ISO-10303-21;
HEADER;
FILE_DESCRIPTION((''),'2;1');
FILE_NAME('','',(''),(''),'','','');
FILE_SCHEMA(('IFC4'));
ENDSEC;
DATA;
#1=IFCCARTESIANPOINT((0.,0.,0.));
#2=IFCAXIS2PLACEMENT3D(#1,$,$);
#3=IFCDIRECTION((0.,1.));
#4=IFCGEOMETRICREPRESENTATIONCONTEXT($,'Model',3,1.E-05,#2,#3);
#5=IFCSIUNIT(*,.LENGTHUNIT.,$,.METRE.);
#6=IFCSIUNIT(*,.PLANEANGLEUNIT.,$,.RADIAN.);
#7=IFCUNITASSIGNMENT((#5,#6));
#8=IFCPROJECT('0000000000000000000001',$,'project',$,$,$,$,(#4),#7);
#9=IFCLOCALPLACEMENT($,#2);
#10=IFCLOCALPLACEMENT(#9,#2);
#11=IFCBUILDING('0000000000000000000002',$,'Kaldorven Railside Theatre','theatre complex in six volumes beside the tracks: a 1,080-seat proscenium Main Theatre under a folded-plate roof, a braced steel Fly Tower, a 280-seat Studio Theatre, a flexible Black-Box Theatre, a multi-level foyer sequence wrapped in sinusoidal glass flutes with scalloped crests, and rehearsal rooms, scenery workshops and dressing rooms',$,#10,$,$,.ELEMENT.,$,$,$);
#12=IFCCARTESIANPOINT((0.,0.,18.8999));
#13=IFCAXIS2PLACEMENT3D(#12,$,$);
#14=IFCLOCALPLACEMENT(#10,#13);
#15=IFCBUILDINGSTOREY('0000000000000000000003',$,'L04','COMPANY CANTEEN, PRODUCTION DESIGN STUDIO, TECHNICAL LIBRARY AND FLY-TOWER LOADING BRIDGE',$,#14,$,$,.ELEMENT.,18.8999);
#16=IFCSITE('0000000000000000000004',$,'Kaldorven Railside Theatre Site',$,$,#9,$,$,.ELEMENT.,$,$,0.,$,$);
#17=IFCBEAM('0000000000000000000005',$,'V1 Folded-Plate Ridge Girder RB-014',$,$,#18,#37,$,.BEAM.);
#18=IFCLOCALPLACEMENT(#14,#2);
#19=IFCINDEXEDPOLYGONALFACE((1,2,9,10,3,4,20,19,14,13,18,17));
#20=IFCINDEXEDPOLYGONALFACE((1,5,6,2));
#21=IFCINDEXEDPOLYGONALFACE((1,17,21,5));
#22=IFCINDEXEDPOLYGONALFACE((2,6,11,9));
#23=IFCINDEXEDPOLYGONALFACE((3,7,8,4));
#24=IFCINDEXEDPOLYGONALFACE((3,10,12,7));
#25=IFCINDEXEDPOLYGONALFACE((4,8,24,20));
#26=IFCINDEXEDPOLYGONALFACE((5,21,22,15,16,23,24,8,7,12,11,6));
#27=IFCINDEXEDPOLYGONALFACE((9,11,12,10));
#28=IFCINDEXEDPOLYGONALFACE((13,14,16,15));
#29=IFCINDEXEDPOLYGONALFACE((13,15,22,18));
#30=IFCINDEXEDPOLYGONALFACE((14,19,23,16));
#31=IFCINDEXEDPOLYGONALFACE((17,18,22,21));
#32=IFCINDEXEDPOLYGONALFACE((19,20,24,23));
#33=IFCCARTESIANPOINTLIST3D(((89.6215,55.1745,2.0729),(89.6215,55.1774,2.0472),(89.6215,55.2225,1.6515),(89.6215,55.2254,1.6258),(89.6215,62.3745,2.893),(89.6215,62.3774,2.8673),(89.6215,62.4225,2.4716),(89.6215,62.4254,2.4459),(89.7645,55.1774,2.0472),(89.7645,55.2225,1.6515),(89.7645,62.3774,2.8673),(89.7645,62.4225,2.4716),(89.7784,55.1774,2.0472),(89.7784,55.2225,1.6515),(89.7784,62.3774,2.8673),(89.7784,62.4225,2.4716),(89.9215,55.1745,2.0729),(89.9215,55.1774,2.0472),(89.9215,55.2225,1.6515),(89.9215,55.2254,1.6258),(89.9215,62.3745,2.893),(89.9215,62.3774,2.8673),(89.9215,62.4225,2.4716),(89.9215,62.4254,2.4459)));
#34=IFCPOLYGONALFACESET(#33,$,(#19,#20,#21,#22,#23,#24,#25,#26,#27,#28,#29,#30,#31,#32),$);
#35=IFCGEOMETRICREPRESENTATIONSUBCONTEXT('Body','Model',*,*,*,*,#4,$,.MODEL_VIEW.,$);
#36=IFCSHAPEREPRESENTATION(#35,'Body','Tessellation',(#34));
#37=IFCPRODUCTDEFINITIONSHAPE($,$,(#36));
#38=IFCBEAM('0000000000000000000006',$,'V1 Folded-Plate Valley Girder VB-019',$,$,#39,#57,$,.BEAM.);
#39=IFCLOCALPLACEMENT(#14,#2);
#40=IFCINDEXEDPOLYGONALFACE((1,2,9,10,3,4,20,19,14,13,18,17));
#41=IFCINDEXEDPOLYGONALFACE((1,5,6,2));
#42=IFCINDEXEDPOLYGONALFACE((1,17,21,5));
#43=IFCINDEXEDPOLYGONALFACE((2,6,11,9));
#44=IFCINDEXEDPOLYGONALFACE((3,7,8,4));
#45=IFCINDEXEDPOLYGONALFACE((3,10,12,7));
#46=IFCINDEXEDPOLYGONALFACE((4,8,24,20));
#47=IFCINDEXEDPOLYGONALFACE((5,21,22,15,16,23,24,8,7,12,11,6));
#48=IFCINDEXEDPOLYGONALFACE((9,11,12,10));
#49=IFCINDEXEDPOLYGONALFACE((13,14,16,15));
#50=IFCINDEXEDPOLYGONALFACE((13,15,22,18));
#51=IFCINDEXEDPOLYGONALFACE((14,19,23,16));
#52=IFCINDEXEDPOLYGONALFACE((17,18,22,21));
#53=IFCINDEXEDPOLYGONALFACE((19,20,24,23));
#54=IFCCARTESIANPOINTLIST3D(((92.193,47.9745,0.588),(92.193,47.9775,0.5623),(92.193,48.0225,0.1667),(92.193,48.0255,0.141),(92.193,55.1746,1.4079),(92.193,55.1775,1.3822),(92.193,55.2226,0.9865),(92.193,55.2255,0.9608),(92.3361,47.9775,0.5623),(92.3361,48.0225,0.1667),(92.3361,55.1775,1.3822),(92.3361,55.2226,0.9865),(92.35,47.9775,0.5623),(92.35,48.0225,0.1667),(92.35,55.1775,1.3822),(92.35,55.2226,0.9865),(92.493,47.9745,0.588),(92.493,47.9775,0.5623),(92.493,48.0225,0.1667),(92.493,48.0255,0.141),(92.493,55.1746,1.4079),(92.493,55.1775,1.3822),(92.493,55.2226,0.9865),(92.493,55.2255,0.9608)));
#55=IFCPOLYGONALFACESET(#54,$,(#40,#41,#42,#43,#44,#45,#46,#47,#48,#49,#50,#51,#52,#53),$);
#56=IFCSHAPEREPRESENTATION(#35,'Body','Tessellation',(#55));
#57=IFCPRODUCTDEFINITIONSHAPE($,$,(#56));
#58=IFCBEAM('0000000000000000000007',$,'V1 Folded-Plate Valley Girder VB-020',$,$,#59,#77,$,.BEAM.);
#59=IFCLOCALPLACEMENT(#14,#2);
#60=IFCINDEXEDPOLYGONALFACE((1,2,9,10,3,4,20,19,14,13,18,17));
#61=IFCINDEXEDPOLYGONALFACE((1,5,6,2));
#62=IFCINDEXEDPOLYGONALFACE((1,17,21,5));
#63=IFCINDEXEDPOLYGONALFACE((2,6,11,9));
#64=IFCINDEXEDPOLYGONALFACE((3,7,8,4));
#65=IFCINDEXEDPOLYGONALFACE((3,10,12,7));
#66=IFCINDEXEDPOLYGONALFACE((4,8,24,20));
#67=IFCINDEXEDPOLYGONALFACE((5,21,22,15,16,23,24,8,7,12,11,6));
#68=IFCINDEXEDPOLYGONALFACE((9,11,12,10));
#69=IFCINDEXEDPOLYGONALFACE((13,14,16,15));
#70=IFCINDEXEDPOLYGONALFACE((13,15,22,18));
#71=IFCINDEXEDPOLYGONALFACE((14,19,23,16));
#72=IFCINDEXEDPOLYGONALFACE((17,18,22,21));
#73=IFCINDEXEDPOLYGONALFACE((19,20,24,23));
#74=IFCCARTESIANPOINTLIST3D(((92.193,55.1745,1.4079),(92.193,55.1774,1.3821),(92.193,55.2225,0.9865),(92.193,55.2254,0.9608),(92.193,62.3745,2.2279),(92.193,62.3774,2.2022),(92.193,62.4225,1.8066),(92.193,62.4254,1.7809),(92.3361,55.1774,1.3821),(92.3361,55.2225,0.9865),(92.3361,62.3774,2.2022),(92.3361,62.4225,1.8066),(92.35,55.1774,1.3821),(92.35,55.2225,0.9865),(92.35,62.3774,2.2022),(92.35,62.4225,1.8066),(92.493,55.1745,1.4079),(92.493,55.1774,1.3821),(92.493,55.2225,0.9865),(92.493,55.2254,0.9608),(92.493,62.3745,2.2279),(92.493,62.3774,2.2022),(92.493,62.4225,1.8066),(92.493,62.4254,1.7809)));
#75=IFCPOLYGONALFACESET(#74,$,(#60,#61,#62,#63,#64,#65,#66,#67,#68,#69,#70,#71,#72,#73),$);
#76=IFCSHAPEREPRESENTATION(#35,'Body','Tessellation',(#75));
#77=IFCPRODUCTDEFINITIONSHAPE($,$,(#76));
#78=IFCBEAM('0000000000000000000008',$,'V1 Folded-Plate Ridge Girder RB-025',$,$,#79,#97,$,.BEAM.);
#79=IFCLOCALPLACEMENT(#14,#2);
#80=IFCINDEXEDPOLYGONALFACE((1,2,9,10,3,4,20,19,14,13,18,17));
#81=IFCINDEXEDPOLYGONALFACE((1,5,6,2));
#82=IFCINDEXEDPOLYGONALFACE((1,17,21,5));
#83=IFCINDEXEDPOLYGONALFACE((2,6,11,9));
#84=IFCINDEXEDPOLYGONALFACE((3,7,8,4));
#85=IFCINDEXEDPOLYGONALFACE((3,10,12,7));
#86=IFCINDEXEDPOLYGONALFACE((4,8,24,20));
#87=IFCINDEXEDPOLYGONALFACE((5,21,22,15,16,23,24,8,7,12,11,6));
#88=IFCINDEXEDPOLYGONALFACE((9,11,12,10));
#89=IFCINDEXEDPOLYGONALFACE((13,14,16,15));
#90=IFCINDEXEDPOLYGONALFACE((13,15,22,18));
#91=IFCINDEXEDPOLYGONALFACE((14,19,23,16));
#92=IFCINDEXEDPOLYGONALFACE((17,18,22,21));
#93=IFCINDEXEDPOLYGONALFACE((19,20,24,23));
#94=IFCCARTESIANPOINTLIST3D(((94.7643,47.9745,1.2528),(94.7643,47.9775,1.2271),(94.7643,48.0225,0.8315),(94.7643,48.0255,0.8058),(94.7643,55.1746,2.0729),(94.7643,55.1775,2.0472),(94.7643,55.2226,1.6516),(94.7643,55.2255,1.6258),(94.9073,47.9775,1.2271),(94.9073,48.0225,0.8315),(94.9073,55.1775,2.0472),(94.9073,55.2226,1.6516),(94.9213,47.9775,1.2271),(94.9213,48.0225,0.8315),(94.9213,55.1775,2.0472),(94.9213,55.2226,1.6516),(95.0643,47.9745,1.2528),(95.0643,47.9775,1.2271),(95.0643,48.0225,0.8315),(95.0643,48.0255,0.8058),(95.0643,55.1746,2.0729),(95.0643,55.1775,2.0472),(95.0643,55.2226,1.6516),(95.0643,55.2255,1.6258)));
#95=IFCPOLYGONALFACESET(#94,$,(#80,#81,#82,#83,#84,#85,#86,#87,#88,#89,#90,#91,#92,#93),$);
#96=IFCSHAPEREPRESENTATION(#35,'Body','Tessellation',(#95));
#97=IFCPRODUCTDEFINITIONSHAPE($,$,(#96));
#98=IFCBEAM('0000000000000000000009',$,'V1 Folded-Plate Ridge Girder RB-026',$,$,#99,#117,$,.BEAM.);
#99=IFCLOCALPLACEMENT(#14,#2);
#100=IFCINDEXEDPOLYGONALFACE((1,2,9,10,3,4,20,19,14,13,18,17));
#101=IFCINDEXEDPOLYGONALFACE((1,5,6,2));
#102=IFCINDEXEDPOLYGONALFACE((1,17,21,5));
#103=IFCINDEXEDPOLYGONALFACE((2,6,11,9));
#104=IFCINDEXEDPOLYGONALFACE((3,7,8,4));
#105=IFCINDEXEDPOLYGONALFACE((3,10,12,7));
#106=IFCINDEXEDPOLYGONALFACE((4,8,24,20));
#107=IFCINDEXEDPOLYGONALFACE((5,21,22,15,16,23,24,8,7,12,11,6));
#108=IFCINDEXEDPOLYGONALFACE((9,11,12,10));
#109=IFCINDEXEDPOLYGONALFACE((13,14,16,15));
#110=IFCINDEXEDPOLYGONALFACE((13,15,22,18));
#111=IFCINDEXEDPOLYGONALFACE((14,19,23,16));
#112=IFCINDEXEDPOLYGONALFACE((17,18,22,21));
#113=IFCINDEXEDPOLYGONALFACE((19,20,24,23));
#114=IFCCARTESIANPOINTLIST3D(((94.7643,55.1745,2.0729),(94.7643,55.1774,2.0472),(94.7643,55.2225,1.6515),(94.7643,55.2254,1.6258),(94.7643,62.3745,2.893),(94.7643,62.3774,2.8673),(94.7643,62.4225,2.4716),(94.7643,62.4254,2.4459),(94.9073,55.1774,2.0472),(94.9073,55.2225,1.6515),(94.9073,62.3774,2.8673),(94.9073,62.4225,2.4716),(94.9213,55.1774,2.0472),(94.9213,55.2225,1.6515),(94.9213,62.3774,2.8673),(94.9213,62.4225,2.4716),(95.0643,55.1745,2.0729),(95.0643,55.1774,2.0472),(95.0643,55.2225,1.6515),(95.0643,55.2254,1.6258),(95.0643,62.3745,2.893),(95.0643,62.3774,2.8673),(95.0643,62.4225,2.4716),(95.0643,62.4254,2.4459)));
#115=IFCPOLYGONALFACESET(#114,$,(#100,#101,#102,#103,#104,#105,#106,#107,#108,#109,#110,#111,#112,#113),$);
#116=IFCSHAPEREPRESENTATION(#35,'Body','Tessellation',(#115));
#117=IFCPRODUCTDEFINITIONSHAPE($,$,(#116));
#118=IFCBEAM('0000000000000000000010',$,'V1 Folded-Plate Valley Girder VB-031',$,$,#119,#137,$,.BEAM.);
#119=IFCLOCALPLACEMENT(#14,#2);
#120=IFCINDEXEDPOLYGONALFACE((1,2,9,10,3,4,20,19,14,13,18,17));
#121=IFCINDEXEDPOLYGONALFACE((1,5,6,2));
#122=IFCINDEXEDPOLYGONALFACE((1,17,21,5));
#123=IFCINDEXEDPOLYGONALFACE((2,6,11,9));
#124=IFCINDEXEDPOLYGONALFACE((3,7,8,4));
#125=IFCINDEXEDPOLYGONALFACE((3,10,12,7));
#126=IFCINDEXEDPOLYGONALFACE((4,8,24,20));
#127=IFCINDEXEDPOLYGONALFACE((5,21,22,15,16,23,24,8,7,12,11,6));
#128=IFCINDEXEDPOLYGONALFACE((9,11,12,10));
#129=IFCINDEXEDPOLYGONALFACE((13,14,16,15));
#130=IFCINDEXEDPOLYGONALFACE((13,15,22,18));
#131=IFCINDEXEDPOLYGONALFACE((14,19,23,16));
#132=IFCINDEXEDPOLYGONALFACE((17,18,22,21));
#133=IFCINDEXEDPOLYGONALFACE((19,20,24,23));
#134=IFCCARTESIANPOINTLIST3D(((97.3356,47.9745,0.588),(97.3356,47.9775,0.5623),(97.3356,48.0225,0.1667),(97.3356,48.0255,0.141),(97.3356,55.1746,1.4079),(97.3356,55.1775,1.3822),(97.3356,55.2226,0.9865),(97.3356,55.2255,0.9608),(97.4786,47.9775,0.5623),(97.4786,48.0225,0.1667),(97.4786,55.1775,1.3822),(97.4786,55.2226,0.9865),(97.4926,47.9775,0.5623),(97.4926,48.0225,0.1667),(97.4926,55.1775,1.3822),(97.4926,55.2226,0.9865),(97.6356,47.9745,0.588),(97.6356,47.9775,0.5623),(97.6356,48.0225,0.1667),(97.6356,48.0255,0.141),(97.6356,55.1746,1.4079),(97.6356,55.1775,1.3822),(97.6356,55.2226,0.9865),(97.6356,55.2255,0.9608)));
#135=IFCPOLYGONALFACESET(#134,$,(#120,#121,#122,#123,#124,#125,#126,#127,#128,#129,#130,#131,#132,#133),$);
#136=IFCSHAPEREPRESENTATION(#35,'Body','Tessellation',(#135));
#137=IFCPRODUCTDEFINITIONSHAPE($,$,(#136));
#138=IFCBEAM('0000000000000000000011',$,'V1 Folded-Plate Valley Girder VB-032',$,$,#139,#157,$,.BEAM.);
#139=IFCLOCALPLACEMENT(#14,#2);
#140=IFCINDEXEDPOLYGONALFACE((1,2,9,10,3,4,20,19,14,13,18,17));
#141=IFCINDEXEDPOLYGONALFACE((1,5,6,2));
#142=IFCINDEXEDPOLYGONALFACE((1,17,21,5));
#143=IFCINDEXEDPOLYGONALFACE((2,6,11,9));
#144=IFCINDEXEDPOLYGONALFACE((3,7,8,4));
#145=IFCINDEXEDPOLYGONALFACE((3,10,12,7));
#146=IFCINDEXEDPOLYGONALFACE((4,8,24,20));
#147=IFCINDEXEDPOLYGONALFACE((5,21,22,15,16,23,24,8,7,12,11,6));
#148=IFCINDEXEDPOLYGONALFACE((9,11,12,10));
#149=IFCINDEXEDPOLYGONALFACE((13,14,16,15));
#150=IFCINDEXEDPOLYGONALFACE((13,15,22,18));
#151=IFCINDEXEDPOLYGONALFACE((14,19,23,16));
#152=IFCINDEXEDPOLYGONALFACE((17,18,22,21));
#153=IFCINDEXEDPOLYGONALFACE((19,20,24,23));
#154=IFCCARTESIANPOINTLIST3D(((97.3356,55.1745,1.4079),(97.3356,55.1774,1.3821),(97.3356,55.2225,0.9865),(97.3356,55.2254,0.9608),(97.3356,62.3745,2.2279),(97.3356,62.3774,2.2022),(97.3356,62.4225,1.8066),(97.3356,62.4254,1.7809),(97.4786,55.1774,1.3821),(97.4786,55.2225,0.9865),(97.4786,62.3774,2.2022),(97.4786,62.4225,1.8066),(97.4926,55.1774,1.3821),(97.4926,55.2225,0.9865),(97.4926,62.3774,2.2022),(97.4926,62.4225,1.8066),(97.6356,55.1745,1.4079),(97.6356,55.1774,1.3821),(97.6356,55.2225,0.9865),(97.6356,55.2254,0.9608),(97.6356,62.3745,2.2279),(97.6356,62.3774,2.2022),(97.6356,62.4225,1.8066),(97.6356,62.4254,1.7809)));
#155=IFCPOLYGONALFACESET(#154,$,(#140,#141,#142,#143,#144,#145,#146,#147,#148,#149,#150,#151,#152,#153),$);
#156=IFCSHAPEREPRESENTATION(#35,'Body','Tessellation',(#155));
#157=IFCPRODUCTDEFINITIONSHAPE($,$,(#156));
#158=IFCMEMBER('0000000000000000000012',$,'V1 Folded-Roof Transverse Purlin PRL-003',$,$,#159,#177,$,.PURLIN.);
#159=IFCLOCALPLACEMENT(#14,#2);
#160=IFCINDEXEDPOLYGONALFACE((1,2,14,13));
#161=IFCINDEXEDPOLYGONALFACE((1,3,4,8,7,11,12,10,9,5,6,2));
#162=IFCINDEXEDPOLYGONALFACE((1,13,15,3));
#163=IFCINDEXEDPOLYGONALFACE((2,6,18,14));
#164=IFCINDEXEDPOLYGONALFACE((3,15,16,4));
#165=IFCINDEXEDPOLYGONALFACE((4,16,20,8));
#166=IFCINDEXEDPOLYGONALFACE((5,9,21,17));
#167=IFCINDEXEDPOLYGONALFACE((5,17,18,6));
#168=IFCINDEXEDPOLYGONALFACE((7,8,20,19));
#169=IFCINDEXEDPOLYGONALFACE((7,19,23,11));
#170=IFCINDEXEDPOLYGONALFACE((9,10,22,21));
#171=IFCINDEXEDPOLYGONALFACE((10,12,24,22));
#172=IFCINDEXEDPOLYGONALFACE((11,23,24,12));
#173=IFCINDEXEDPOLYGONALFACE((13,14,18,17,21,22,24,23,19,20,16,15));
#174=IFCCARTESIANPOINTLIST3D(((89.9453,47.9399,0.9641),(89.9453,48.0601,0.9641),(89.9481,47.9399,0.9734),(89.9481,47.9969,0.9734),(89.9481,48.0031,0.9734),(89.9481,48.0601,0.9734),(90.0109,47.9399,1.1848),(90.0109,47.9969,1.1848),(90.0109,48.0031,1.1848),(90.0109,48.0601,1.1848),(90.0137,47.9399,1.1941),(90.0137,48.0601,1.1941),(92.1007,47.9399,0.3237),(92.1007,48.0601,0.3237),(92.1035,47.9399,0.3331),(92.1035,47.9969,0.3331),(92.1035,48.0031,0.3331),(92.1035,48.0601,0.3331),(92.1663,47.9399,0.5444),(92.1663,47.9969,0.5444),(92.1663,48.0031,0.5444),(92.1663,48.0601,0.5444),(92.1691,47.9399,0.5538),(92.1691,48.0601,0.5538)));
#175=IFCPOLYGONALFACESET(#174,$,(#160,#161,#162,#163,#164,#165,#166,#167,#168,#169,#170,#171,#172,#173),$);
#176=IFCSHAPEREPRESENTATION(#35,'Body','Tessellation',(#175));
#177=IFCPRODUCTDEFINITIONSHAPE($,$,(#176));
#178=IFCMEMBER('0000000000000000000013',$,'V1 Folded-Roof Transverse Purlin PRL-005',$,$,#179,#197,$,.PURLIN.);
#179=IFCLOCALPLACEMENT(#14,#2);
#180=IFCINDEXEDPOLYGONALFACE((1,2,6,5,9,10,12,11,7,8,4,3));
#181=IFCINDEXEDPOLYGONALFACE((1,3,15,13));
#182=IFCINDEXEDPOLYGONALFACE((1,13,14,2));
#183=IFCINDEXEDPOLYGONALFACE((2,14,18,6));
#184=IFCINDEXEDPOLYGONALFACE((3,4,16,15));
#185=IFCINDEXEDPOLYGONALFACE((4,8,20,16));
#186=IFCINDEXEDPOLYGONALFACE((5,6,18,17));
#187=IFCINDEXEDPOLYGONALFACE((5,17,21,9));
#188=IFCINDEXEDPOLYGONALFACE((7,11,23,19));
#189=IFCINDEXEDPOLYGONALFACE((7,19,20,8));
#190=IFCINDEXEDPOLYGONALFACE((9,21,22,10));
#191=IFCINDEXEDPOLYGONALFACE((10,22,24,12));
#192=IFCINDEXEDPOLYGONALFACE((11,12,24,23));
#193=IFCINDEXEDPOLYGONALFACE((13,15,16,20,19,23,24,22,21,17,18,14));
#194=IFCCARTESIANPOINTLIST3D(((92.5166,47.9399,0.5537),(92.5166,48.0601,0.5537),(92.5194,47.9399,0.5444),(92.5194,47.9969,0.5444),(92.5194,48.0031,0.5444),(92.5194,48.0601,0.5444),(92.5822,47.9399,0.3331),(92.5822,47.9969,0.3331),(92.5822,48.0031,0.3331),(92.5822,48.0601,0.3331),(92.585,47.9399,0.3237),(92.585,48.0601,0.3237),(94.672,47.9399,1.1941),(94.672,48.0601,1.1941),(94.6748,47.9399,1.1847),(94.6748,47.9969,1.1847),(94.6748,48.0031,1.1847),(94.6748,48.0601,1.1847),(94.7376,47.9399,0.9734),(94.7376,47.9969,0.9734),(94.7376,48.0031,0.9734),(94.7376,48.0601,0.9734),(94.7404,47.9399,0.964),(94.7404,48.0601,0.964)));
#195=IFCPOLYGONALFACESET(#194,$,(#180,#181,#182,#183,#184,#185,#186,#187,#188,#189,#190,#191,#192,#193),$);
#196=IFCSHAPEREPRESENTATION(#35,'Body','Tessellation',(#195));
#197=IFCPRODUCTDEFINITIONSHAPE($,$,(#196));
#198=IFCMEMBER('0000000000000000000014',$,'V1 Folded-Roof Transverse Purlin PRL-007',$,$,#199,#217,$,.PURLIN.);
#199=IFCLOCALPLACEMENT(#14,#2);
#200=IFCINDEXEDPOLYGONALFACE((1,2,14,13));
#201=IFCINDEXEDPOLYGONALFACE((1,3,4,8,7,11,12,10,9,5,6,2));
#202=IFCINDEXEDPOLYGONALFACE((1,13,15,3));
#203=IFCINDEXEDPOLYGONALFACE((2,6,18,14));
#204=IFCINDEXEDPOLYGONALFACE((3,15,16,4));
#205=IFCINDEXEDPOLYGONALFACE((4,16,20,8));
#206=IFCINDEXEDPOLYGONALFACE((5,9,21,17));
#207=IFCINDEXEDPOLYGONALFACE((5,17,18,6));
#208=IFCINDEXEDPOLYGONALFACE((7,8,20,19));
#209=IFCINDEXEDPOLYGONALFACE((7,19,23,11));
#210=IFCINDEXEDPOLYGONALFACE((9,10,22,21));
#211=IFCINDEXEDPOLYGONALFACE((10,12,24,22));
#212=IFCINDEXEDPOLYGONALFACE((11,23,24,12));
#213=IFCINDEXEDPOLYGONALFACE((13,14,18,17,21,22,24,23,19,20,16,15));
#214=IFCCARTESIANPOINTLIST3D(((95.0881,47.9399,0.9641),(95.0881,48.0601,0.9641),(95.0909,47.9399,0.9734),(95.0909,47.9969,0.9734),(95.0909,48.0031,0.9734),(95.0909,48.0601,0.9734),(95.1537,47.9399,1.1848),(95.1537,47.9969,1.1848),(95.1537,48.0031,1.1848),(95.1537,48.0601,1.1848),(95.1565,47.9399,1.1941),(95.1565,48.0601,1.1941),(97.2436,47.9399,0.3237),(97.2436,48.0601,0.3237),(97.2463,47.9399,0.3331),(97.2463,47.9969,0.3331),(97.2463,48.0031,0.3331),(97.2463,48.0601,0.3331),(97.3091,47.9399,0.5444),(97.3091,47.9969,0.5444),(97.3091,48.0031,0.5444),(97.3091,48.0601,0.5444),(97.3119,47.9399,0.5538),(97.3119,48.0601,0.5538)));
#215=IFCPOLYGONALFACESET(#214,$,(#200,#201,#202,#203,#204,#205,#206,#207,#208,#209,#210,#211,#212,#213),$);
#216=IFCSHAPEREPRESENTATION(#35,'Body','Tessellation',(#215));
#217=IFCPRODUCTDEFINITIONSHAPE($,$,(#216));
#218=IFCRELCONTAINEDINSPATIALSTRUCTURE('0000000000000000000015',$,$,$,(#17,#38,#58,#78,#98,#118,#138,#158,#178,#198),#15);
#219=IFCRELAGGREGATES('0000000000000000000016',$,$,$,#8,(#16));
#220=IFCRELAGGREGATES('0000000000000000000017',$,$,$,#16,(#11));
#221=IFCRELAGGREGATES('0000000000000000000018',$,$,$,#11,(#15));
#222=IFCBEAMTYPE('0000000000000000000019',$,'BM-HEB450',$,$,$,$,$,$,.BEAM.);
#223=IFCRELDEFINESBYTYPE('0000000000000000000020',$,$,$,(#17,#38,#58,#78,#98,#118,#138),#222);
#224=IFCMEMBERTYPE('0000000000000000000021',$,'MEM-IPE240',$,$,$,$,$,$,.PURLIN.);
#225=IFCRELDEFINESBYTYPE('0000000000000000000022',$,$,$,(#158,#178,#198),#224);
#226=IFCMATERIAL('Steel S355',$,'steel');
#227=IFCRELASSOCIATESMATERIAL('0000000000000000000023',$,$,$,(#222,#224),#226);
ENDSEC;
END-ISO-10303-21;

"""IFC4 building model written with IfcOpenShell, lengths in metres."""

from ifc_helpers import new_model, si_unit, direction, frame, origin, origin_2d, place, context, subcontext, project, spatial, i_section, extrude, material, material_profile, profile_set, type_object, element, save


model = new_model("IFC4")

# Units and contexts
model_context = context("Model", 3, precision=1e-05, world=origin(), true_north=direction((0.0, 1.0)))
body_context = subcontext(model_context, "Body", "Model", "MODEL_VIEW")
ifc_project = project(units=[si_unit("LENGTHUNIT", "METRE"), si_unit("PLANEANGLEUNIT", "RADIAN")], contexts=[model_context])

# Site, building, storey
site_placement = place(None, origin())
site = spatial("IfcSite", under=ifc_project, at=site_placement, Name="Kaldorven Railside Theatre Site", CompositionType="ELEMENT", RefElevation=0.0)
building_placement = place(site_placement, origin())
building = spatial("IfcBuilding", under=site, at=building_placement, Name="Kaldorven Railside Theatre", Description="theatre complex in six volumes beside the tracks: a 1,080-seat proscenium Main Theatre under a folded-plate roof, a braced steel Fly Tower, a 280-seat Studio Theatre, a flexible Black-Box Theatre, a multi-level foyer sequence wrapped in sinusoidal glass flutes with scalloped crests, and rehearsal rooms, scenery workshops and dressing rooms", CompositionType="ELEMENT")
storey_placement = place(building_placement, frame((0.0, 0.0, 18.8999)))
storey = spatial("IfcBuildingStorey", under=building, at=storey_placement, Name="L04", Description="COMPANY CANTEEN, PRODUCTION DESIGN STUDIO, TECHNICAL LIBRARY AND FLY-TOWER LOADING BRIDGE", CompositionType="ELEMENT", Elevation=18.8999)

# Beams
ifc_material = material(Name="Steel S355", Category="steel")
ifc_material_profile_1 = material_profile(ifc_material, i_section(OverallWidth=0.3, OverallDepth=0.45, WebThickness=0.0139, FlangeThickness=0.0259, at=origin_2d()), Name="HEB 450")
ifc_profile_set_1 = profile_set([ifc_material_profile_1], Name="Steel S355")
beam_type = type_object("IfcBeamType", Name="BM-HEB450", PredefinedType="BEAM", material=ifc_profile_set_1)
for number, where, z_axis, x_axis, name in (
    (1, (89.7715, 55.2, 1.8494), (0.0, 0.993576, 0.113167), (-1.0, 0.0, 0.0), "V1 Folded-Plate Ridge Girder RB-014"),
    (2, (92.343, 48.0, 0.3645), (0.0, 0.99358, 0.113134), (-1.0, 0.0, 0.0), "V1 Folded-Plate Valley Girder VB-019"),
    (3, (92.343, 55.2, 1.1843), (0.0, 0.993576, 0.113167), (-1.0, 0.0, 0.0), "V1 Folded-Plate Valley Girder VB-020"),
    (4, (94.9143, 48.0, 1.0293), (0.0, 0.993576, 0.113167), (-1.0, 0.0, 0.0), "V1 Folded-Plate Ridge Girder RB-025"),
    (5, (94.9143, 55.2, 1.8494), (0.0, 0.993576, 0.113167), (-1.0, 0.0, 0.0), "V1 Folded-Plate Ridge Girder RB-026"),
    (6, (97.4856, 48.0, 0.3645), (0.0, 0.99358, 0.113134), (-1.0, 0.0, 0.0), "V1 Folded-Plate Valley Girder VB-031"),
    (7, (97.4856, 55.2, 1.1843), (0.0, 0.993576, 0.113167), (-1.0, 0.0, 0.0), "V1 Folded-Plate Valley Girder VB-032"),
):
    element("IfcBeam", number, at=place(storey_placement, frame(where, z_axis=z_axis, x_axis=x_axis)), inside=storey, type_object=beam_type, Name=name, PredefinedType="BEAM", context=body_context, shape_type="SweptSolid", body=[
        extrude(i_section(OverallWidth=0.3, OverallDepth=0.45, WebThickness=0.0139, FlangeThickness=0.0259, at=origin_2d()), origin(), (0.0, 0.0, 1.0), 7.2466),
    ])

# Members
ifc_material_profile_2 = material_profile(ifc_material, i_section(OverallWidth=0.1201, OverallDepth=0.24, WebThickness=0.0061, FlangeThickness=0.0098, at=origin_2d()), Name="IPE 240")
ifc_profile_set_2 = profile_set([ifc_material_profile_2], Name="Steel S355")
member_type_1 = type_object("IfcMemberType", Name="MEM-IPE240", PredefinedType="PURLIN", material=ifc_profile_set_2)
for number, where, z_axis, x_axis, name in (
    (8, (89.9795, 48.0, 1.0791), (0.958591, 0.0, -0.284787), (0.0, 1.0, 0.0), "V1 Folded-Roof Transverse Purlin PRL-003"),
    (9, (92.5508, 48.0, 0.4387), (0.958591, 0.0, 0.284787), (0.0, 1.0, 0.0), "V1 Folded-Roof Transverse Purlin PRL-005"),
    (10, (95.1223, 48.0, 1.0791), (0.958591, 0.0, -0.284787), (0.0, 1.0, 0.0), "V1 Folded-Roof Transverse Purlin PRL-007"),
):
    element("IfcMember", number, at=place(storey_placement, frame(where, z_axis=z_axis, x_axis=x_axis)), inside=storey, type_object=member_type_1, Name=name, PredefinedType="PURLIN", context=body_context, shape_type="SweptSolid", body=[
        extrude(i_section(OverallWidth=0.1201, OverallDepth=0.24, WebThickness=0.0061, FlangeThickness=0.0098, at=origin_2d()), origin(), (0.0, 0.0, 1.0), 2.2485),
    ])

save(model, "model.ifc")
